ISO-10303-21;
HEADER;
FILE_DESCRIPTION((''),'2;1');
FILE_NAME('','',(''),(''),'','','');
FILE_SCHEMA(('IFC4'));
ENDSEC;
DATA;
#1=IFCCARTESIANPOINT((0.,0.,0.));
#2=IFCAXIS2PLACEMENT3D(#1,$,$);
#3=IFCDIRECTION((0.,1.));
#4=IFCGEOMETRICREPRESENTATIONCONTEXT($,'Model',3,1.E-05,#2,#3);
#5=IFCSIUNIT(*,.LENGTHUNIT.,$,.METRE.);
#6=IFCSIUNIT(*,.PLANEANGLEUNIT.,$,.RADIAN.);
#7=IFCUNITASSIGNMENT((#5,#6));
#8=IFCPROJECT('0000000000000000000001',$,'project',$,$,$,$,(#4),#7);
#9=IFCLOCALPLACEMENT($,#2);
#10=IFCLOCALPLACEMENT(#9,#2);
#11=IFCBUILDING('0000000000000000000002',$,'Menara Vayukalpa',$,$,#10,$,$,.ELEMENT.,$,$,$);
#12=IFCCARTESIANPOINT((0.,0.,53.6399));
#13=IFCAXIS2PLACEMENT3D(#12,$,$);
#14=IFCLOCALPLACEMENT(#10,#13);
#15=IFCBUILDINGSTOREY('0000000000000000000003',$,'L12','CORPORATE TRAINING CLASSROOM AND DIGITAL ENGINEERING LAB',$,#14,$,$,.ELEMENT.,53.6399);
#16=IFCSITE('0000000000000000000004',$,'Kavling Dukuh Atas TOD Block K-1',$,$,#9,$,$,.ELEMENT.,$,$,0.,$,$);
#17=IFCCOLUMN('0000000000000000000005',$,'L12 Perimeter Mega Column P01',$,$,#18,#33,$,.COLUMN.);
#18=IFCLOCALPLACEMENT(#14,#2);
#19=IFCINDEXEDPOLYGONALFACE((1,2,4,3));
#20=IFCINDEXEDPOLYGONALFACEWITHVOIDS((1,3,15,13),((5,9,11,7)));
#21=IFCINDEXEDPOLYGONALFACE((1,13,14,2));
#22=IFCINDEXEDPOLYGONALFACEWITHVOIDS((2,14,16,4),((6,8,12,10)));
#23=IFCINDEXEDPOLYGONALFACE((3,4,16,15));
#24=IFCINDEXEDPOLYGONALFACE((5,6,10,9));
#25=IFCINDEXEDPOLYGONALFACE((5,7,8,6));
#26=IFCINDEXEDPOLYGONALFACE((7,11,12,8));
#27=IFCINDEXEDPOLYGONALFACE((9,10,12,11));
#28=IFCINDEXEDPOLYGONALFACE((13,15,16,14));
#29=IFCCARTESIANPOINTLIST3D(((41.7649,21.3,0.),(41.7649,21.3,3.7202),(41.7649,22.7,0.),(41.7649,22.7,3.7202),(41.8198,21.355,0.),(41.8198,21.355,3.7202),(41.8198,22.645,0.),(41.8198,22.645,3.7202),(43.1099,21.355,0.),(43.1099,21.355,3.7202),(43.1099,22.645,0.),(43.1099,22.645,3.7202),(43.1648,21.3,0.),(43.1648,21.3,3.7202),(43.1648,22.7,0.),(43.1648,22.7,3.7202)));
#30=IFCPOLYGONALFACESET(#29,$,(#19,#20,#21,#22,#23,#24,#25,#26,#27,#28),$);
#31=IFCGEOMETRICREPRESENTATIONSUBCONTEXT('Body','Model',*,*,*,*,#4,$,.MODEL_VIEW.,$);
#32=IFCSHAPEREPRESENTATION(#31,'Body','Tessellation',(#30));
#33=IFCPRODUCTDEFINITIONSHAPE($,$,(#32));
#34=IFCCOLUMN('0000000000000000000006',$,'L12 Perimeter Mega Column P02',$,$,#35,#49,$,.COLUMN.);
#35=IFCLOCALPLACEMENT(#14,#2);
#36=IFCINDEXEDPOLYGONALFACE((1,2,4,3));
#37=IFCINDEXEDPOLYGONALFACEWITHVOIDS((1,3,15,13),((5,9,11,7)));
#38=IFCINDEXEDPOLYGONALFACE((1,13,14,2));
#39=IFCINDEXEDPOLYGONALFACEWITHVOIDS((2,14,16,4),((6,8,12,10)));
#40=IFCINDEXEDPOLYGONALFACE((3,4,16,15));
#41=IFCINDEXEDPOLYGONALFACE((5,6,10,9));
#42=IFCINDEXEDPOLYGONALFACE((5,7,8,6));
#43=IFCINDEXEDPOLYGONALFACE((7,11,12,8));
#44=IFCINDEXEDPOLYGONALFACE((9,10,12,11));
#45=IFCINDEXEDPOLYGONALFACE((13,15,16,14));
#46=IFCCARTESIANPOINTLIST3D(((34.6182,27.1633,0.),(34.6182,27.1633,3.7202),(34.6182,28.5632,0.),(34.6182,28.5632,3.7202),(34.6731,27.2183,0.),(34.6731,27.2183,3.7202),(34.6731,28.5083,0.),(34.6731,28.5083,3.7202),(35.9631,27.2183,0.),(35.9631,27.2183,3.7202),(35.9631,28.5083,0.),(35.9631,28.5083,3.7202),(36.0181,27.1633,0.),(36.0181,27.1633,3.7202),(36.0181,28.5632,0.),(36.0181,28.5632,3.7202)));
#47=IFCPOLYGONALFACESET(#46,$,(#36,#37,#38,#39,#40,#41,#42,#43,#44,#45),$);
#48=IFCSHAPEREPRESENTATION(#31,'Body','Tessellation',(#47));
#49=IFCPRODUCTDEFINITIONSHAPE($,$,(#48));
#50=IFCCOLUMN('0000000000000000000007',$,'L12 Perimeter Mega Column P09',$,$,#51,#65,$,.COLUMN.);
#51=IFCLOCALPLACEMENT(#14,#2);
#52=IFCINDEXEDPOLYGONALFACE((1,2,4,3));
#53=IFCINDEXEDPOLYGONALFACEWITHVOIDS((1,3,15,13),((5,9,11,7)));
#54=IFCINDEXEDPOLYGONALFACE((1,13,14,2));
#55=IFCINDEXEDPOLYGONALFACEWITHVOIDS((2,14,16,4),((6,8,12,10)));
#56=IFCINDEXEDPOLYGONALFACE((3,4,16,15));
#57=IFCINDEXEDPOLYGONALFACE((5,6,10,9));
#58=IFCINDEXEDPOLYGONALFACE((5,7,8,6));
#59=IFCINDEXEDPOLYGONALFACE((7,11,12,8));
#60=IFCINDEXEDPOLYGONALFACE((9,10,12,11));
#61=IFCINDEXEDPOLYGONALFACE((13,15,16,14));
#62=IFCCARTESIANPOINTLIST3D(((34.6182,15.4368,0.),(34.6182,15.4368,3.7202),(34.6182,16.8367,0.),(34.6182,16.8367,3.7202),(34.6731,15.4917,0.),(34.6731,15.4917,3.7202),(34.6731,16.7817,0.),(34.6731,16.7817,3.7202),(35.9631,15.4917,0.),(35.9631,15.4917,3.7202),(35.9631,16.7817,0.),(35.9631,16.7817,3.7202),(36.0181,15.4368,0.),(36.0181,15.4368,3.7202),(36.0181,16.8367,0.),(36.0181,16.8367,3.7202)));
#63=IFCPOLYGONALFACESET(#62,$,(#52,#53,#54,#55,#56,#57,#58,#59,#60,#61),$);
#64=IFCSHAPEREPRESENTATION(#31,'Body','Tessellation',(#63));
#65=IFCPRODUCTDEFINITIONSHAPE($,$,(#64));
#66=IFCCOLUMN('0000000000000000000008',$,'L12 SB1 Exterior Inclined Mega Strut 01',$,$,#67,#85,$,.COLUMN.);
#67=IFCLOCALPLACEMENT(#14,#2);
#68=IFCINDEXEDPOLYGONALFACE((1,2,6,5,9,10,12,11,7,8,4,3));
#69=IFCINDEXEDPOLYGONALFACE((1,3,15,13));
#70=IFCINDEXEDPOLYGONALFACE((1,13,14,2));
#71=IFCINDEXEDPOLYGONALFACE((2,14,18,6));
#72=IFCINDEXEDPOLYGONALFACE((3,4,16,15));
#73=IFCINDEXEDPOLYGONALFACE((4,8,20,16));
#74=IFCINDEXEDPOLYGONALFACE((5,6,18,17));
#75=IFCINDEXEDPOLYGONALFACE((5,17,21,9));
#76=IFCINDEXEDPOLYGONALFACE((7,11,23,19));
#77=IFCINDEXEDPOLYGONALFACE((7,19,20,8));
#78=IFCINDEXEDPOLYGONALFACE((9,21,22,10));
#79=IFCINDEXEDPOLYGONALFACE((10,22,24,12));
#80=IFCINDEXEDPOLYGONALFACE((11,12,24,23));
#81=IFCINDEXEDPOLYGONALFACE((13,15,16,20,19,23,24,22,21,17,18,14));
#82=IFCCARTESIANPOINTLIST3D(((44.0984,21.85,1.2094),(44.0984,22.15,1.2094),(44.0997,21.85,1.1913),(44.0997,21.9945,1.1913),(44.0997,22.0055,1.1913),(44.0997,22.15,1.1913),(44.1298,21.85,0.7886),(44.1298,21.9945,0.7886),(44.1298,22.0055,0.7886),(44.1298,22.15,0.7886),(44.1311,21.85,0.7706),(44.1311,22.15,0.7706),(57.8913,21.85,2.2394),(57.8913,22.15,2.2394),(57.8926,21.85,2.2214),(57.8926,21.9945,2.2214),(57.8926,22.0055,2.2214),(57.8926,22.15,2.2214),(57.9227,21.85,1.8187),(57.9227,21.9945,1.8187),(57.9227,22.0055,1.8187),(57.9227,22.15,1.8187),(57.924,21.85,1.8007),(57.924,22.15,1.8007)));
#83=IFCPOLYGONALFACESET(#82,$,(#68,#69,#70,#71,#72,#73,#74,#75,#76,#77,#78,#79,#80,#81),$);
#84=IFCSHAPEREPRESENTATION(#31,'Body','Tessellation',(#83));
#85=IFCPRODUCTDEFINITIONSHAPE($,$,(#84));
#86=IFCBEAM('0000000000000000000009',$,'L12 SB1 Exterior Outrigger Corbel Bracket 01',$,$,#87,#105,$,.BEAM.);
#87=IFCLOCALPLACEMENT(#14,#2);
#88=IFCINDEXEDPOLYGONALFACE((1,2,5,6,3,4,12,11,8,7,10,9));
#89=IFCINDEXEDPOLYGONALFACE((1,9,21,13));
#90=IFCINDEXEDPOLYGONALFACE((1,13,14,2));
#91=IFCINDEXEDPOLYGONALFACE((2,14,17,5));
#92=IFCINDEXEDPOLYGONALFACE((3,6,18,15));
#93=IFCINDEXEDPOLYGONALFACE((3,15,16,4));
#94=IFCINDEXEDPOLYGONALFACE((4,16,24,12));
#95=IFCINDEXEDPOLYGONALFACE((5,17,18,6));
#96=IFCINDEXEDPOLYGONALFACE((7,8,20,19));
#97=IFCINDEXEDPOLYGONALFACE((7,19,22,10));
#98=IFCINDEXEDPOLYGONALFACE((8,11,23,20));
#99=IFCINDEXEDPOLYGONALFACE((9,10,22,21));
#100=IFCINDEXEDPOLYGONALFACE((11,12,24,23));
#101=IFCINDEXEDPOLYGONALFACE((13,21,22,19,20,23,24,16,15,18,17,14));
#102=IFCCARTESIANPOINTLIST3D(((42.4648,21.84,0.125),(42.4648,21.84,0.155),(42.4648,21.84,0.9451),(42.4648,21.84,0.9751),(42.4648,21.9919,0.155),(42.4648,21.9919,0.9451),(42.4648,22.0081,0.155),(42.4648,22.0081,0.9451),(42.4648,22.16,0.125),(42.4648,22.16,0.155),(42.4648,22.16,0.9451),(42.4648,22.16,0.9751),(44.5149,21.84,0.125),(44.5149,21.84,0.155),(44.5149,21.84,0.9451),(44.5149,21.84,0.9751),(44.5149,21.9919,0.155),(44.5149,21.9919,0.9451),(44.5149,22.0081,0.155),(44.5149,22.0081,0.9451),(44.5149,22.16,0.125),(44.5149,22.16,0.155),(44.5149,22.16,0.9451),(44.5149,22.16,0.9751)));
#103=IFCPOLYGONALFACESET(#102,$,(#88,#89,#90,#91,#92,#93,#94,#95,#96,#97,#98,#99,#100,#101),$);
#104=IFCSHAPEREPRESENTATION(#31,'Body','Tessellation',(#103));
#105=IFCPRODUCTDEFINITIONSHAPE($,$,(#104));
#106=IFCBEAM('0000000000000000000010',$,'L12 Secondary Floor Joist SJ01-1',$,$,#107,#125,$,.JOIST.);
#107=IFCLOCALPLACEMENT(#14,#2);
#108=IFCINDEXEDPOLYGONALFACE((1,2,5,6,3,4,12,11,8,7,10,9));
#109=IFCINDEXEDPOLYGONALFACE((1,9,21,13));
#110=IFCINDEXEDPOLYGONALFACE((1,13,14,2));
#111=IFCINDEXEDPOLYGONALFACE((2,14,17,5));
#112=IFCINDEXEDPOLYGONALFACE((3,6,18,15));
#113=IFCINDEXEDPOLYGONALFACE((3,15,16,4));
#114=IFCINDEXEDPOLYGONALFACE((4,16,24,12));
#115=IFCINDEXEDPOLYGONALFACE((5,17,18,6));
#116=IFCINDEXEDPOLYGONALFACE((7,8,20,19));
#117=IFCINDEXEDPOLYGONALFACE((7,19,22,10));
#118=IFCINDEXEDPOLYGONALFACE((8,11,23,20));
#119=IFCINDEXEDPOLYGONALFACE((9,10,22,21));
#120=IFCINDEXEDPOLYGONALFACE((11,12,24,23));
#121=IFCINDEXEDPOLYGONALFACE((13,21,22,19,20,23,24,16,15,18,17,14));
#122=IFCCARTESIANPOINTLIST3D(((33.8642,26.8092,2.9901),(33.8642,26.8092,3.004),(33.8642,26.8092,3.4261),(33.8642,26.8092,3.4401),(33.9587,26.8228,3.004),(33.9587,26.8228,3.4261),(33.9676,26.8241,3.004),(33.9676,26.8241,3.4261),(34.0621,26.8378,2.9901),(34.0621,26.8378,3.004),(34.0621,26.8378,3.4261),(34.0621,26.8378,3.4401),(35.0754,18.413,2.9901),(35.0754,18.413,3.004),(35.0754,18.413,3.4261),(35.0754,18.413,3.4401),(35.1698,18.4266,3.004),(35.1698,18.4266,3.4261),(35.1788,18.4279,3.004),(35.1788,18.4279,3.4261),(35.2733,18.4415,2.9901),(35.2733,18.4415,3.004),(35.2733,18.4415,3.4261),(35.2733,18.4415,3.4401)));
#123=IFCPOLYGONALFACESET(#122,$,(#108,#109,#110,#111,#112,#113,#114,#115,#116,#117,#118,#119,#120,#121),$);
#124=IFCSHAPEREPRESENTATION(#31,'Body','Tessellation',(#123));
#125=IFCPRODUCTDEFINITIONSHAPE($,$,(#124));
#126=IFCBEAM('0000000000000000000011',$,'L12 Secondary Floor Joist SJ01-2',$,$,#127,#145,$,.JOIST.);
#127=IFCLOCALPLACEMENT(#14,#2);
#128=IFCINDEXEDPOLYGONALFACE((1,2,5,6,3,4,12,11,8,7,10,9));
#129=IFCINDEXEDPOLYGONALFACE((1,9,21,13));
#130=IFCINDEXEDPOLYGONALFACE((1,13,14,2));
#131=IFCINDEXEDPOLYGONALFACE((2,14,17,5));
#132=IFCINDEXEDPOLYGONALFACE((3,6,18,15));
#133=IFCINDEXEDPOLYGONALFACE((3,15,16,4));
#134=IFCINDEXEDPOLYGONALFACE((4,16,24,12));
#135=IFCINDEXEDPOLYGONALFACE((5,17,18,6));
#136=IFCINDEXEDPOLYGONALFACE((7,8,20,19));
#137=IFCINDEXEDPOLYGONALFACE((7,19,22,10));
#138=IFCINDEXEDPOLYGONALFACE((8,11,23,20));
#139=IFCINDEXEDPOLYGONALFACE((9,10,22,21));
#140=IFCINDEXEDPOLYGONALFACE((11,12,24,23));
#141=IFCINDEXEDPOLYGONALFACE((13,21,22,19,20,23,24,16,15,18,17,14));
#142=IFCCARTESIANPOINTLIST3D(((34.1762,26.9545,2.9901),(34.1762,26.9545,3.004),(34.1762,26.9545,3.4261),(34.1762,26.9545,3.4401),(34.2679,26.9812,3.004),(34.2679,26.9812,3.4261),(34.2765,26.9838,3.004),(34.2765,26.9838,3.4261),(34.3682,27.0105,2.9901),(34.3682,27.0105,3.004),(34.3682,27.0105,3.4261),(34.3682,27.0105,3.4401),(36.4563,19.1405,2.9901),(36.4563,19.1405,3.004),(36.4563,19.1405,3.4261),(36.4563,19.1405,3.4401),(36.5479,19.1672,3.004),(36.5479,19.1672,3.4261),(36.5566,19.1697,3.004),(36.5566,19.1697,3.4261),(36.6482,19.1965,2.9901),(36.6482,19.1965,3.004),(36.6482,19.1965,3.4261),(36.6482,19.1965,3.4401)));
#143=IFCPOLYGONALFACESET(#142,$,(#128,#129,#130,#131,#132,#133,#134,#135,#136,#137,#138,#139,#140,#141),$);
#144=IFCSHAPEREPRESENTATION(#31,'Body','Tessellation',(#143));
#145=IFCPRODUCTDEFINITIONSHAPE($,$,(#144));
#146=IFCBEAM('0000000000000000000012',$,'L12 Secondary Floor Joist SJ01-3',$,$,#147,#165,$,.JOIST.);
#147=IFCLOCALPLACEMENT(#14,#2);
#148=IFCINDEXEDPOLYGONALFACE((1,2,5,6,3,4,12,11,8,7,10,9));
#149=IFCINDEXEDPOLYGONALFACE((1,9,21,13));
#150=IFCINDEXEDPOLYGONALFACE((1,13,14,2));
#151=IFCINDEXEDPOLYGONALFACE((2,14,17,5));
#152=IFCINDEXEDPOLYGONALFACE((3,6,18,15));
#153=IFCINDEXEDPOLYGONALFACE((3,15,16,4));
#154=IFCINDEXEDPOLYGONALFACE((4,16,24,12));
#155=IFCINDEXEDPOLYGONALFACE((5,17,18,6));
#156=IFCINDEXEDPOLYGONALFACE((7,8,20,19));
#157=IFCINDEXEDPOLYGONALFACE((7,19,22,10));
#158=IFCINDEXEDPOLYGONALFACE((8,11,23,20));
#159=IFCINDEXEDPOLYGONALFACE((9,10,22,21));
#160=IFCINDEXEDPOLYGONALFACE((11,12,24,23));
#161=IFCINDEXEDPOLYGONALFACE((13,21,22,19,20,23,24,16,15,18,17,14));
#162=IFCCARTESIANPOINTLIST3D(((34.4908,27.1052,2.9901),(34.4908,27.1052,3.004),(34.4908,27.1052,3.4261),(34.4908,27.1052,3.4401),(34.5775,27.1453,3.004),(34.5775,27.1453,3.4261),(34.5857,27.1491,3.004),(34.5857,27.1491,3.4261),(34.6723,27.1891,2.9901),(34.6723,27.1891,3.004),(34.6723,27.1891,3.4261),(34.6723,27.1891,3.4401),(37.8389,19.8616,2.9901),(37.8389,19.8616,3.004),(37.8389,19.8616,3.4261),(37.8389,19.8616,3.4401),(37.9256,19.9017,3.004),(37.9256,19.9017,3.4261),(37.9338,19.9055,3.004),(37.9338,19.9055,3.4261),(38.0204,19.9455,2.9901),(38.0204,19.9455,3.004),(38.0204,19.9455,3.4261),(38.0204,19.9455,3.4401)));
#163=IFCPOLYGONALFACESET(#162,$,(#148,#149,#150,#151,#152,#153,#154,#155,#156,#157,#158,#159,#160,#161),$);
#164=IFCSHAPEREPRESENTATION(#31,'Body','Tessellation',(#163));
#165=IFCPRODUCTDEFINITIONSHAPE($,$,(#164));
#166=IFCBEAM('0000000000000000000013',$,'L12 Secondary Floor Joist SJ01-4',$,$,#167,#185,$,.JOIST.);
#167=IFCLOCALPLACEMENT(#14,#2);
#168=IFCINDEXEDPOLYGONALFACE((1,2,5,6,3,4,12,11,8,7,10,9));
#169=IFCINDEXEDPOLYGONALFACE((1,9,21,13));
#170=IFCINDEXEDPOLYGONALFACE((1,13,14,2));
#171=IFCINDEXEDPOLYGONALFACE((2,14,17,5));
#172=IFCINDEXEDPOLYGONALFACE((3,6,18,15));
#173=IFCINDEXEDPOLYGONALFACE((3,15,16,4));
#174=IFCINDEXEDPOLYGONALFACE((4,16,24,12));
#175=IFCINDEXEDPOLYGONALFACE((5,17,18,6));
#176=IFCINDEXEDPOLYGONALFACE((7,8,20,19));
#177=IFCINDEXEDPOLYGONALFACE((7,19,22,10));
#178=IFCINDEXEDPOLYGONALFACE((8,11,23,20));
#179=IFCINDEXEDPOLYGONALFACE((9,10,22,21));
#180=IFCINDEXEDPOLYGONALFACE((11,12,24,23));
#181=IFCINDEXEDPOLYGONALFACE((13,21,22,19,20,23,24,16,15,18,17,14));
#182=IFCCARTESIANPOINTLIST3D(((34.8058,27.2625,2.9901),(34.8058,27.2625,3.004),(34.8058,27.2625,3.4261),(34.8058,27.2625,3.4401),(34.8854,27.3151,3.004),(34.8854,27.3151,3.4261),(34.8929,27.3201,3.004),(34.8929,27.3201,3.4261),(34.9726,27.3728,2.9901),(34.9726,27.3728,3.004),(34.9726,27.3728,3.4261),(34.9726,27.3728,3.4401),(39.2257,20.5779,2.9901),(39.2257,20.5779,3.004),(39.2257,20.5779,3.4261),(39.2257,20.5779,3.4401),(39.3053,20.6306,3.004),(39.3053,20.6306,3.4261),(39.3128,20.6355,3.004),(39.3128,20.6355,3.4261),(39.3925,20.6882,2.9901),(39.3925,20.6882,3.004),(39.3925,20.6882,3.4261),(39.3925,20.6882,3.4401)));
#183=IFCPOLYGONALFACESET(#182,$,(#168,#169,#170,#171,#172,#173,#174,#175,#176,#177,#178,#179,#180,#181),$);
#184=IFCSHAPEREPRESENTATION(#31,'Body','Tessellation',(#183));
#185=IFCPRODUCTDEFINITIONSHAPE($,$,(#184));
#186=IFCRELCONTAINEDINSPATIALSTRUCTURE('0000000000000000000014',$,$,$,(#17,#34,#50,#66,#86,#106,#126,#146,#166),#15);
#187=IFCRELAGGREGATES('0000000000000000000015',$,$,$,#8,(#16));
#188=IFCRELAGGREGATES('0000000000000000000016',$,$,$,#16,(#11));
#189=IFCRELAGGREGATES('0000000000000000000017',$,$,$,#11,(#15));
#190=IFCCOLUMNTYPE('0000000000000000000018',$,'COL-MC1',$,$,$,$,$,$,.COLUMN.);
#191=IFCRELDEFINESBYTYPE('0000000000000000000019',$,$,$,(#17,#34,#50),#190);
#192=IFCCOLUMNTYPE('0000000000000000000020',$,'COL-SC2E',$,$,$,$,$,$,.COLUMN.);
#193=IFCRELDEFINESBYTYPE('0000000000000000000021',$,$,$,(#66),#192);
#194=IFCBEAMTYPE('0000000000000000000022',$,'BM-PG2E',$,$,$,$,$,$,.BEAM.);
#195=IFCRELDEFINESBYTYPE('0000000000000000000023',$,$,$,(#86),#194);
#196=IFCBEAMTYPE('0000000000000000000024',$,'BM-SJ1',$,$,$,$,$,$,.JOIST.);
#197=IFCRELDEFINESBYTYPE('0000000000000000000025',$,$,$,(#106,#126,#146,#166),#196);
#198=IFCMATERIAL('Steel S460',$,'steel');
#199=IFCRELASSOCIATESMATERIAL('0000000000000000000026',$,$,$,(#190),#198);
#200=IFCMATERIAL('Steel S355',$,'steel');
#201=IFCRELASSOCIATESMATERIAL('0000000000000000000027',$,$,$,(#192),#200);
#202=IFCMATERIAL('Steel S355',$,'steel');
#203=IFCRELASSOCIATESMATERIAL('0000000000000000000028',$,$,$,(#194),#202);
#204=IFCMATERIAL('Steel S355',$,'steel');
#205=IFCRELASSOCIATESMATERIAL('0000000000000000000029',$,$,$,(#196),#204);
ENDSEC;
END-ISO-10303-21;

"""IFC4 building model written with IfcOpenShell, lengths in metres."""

from ifc_helpers import new_model, si_unit, direction, frame, origin, origin_2d, place, context, subcontext, project, spatial, hollow_rectangle, i_section, extrude, material, material_profile, profile_set, type_object, element, save


model = new_model("IFC4")

# Units and contexts
model_context = context("Model", 3, precision=1e-05, world=origin(), true_north=direction((0.0, 1.0)))
body_context = subcontext(model_context, "Body", "Model", "MODEL_VIEW")
ifc_project = project(units=[si_unit("LENGTHUNIT", "METRE"), si_unit("PLANEANGLEUNIT", "RADIAN")], contexts=[model_context])

# Site, building, storey
site_placement = place(None, origin())
site = spatial("IfcSite", under=ifc_project, at=site_placement, Name="Kavling Dukuh Atas TOD Block K-1", CompositionType="ELEMENT", RefElevation=0.0)
building_placement = place(site_placement, origin())
building = spatial("IfcBuilding", under=site, at=building_placement, Name="Menara Vayukalpa", CompositionType="ELEMENT")
storey_placement = place(building_placement, frame((0.0, 0.0, 53.6399)))
storey = spatial("IfcBuildingStorey", under=building, at=storey_placement, Name="L12", Description="CORPORATE TRAINING CLASSROOM AND DIGITAL ENGINEERING LAB", CompositionType="ELEMENT", Elevation=53.6399)

# Columns
ifc_material_1 = material(Name="Steel S460", Category="steel")
ifc_material_profile_1 = material_profile(ifc_material_1, hollow_rectangle(XDim=1.3999, YDim=1.3999, WallThickness=0.0549, at=origin_2d()), Name="BOX 1400x1400x55")
ifc_profile_set_1 = profile_set([ifc_material_profile_1], Name="Steel S460")
column_type_1 = type_object("IfcColumnType", Name="COL-MC1", PredefinedType="COLUMN", material=ifc_profile_set_1)
for number, where, z_axis, x_axis, name in (
    (1, (42.4648, 22.0, 0.0), (0.0, 0.0, 1.0), (1.0, 0.0, 0.0), "L12 Perimeter Mega Column P01"),
    (2, (35.3181, 27.8633, 0.0), (0.0, 0.0, 1.0), (1.0, 0.0, 0.0), "L12 Perimeter Mega Column P02"),
    (3, (35.3181, 16.1367, 0.0), (0.0, 0.0, 1.0), (1.0, 0.0, 0.0), "L12 Perimeter Mega Column P09"),
):
    element("IfcColumn", number, at=place(storey_placement, frame(where, z_axis=z_axis, x_axis=x_axis)), inside=storey, type_object=column_type_1, Name=name, PredefinedType="COLUMN", context=body_context, shape_type="SweptSolid", body=[
        extrude(hollow_rectangle(XDim=1.3999, YDim=1.3999, WallThickness=0.0549, at=origin_2d()), origin(), (0.0, 0.0, 1.0), 3.7202),
    ])
ifc_material_2 = material(Name="Steel S355", Category="steel")
ifc_material_profile_2 = material_profile(ifc_material_2, i_section(OverallWidth=0.3, OverallDepth=0.4399, WebThickness=0.011, FlangeThickness=0.0181, at=origin_2d()), Name="H 440x300x11x18")
ifc_profile_set_2 = profile_set([ifc_material_profile_2], Name="Steel S355")
column_type_2 = type_object("IfcColumnType", Name="COL-SC2E", PredefinedType="COLUMN", material=ifc_profile_set_2)
column_placement = place(storey_placement, frame((44.1147, 22.0, 0.99), z_axis=(0.997223, 0.0, 0.07447), x_axis=(0.0, 1.0, 0.0)))
element("IfcColumn", 4, at=column_placement, inside=storey, type_object=column_type_2, Name="L12 SB1 Exterior Inclined Mega Strut 01", PredefinedType="COLUMN", context=body_context, shape_type="SweptSolid", body=[
    extrude(i_section(OverallWidth=0.3, OverallDepth=0.4399, WebThickness=0.011, FlangeThickness=0.0181, at=origin_2d()), origin(), (0.0, 0.0, 1.0), 13.8313),
])

# Beams
ifc_material_3 = material(Name="Steel S355", Category="steel")
ifc_material_profile_3 = material_profile(ifc_material_3, i_section(OverallWidth=0.3201, OverallDepth=0.8501, WebThickness=0.0161, FlangeThickness=0.03, at=origin_2d()), Name="WF 850x320x16x30")
ifc_profile_set_3 = profile_set([ifc_material_profile_3], Name="Steel S355")
beam_type_1 = type_object("IfcBeamType", Name="BM-PG2E", PredefinedType="BEAM", material=ifc_profile_set_3)
beam_1_placement = place(storey_placement, frame((42.4648, 22.0, 0.55), z_axis=(1.0, 0.0, 0.0), x_axis=(0.0, 1.0, 0.0)))
element("IfcBeam", 5, at=beam_1_placement, inside=storey, type_object=beam_type_1, Name="L12 SB1 Exterior Outrigger Corbel Bracket 01", PredefinedType="BEAM", context=body_context, shape_type="SweptSolid", body=[
    extrude(i_section(OverallWidth=0.3201, OverallDepth=0.8501, WebThickness=0.0161, FlangeThickness=0.03, at=origin_2d()), origin(), (0.0, 0.0, 1.0), 2.05),
])
ifc_material_4 = material(Name="Steel S355", Category="steel")
ifc_material_profile_4 = material_profile(ifc_material_4, i_section(OverallWidth=0.2, OverallDepth=0.45, WebThickness=0.009, FlangeThickness=0.0139, at=origin_2d()), Name="WF 450x200x9x14")
ifc_profile_set_4 = profile_set([ifc_material_profile_4], Name="Steel S355")
beam_type_2 = type_object("IfcBeamType", Name="BM-SJ1", PredefinedType="JOIST", material=ifc_profile_set_4)
beam_2_placement = place(storey_placement, frame((35.1743, 18.4272, 3.2151), z_axis=(-0.142775, 0.989755, 0.0), x_axis=(-0.989755, -0.142775, 0.0)))
element("IfcBeam", 6, at=beam_2_placement, inside=storey, type_object=beam_type_2, Name="L12 Secondary Floor Joist SJ01-1", PredefinedType="JOIST", context=body_context, shape_type="SweptSolid", body=[
    extrude(i_section(OverallWidth=0.2, OverallDepth=0.45, WebThickness=0.009, FlangeThickness=0.0139, at=origin_2d()), origin(), (0.0, 0.0, 1.0), 8.4832),
])
beam_3_placement = place(storey_placement, frame((36.5522, 19.1685, 3.2151), z_axis=(-0.280108, 0.959968, 0.0), x_axis=(-0.959968, -0.280108, 0.0)))
element("IfcBeam", 7, at=beam_3_placement, inside=storey, type_object=beam_type_2, Name="L12 Secondary Floor Joist SJ01-2", PredefinedType="JOIST", context=body_context, shape_type="SweptSolid", body=[
    extrude(i_section(OverallWidth=0.2, OverallDepth=0.45, WebThickness=0.009, FlangeThickness=0.0139, at=origin_2d()), origin(), (0.0, 0.0, 1.0), 8.1399),
])
beam_4_placement = place(storey_placement, frame((37.9297, 19.9036, 3.2151), z_axis=(-0.419566, 0.907725, 0.0), x_axis=(-0.907725, -0.419566, 0.0)))
element("IfcBeam", 8, at=beam_4_placement, inside=storey, type_object=beam_type_2, Name="L12 Secondary Floor Joist SJ01-3", PredefinedType="JOIST", context=body_context, shape_type="SweptSolid", body=[
    extrude(i_section(OverallWidth=0.2, OverallDepth=0.45, WebThickness=0.009, FlangeThickness=0.0139, at=origin_2d()), origin(), (0.0, 0.0, 1.0), 7.98),
])
beam_5_placement = place(storey_placement, frame((39.3091, 20.6331, 3.2151), z_axis=(-0.551547, 0.834144, 0.0), x_axis=(-0.834144, -0.551547, 0.0)))
element("IfcBeam", 9, at=beam_5_placement, inside=storey, type_object=beam_type_2, Name="L12 Secondary Floor Joist SJ01-4", PredefinedType="JOIST", context=body_context, shape_type="SweptSolid", body=[
    extrude(i_section(OverallWidth=0.2, OverallDepth=0.45, WebThickness=0.009, FlangeThickness=0.0139, at=origin_2d()), origin(), (0.0, 0.0, 1.0), 8.0137),
])

save(model, "model.ifc")
